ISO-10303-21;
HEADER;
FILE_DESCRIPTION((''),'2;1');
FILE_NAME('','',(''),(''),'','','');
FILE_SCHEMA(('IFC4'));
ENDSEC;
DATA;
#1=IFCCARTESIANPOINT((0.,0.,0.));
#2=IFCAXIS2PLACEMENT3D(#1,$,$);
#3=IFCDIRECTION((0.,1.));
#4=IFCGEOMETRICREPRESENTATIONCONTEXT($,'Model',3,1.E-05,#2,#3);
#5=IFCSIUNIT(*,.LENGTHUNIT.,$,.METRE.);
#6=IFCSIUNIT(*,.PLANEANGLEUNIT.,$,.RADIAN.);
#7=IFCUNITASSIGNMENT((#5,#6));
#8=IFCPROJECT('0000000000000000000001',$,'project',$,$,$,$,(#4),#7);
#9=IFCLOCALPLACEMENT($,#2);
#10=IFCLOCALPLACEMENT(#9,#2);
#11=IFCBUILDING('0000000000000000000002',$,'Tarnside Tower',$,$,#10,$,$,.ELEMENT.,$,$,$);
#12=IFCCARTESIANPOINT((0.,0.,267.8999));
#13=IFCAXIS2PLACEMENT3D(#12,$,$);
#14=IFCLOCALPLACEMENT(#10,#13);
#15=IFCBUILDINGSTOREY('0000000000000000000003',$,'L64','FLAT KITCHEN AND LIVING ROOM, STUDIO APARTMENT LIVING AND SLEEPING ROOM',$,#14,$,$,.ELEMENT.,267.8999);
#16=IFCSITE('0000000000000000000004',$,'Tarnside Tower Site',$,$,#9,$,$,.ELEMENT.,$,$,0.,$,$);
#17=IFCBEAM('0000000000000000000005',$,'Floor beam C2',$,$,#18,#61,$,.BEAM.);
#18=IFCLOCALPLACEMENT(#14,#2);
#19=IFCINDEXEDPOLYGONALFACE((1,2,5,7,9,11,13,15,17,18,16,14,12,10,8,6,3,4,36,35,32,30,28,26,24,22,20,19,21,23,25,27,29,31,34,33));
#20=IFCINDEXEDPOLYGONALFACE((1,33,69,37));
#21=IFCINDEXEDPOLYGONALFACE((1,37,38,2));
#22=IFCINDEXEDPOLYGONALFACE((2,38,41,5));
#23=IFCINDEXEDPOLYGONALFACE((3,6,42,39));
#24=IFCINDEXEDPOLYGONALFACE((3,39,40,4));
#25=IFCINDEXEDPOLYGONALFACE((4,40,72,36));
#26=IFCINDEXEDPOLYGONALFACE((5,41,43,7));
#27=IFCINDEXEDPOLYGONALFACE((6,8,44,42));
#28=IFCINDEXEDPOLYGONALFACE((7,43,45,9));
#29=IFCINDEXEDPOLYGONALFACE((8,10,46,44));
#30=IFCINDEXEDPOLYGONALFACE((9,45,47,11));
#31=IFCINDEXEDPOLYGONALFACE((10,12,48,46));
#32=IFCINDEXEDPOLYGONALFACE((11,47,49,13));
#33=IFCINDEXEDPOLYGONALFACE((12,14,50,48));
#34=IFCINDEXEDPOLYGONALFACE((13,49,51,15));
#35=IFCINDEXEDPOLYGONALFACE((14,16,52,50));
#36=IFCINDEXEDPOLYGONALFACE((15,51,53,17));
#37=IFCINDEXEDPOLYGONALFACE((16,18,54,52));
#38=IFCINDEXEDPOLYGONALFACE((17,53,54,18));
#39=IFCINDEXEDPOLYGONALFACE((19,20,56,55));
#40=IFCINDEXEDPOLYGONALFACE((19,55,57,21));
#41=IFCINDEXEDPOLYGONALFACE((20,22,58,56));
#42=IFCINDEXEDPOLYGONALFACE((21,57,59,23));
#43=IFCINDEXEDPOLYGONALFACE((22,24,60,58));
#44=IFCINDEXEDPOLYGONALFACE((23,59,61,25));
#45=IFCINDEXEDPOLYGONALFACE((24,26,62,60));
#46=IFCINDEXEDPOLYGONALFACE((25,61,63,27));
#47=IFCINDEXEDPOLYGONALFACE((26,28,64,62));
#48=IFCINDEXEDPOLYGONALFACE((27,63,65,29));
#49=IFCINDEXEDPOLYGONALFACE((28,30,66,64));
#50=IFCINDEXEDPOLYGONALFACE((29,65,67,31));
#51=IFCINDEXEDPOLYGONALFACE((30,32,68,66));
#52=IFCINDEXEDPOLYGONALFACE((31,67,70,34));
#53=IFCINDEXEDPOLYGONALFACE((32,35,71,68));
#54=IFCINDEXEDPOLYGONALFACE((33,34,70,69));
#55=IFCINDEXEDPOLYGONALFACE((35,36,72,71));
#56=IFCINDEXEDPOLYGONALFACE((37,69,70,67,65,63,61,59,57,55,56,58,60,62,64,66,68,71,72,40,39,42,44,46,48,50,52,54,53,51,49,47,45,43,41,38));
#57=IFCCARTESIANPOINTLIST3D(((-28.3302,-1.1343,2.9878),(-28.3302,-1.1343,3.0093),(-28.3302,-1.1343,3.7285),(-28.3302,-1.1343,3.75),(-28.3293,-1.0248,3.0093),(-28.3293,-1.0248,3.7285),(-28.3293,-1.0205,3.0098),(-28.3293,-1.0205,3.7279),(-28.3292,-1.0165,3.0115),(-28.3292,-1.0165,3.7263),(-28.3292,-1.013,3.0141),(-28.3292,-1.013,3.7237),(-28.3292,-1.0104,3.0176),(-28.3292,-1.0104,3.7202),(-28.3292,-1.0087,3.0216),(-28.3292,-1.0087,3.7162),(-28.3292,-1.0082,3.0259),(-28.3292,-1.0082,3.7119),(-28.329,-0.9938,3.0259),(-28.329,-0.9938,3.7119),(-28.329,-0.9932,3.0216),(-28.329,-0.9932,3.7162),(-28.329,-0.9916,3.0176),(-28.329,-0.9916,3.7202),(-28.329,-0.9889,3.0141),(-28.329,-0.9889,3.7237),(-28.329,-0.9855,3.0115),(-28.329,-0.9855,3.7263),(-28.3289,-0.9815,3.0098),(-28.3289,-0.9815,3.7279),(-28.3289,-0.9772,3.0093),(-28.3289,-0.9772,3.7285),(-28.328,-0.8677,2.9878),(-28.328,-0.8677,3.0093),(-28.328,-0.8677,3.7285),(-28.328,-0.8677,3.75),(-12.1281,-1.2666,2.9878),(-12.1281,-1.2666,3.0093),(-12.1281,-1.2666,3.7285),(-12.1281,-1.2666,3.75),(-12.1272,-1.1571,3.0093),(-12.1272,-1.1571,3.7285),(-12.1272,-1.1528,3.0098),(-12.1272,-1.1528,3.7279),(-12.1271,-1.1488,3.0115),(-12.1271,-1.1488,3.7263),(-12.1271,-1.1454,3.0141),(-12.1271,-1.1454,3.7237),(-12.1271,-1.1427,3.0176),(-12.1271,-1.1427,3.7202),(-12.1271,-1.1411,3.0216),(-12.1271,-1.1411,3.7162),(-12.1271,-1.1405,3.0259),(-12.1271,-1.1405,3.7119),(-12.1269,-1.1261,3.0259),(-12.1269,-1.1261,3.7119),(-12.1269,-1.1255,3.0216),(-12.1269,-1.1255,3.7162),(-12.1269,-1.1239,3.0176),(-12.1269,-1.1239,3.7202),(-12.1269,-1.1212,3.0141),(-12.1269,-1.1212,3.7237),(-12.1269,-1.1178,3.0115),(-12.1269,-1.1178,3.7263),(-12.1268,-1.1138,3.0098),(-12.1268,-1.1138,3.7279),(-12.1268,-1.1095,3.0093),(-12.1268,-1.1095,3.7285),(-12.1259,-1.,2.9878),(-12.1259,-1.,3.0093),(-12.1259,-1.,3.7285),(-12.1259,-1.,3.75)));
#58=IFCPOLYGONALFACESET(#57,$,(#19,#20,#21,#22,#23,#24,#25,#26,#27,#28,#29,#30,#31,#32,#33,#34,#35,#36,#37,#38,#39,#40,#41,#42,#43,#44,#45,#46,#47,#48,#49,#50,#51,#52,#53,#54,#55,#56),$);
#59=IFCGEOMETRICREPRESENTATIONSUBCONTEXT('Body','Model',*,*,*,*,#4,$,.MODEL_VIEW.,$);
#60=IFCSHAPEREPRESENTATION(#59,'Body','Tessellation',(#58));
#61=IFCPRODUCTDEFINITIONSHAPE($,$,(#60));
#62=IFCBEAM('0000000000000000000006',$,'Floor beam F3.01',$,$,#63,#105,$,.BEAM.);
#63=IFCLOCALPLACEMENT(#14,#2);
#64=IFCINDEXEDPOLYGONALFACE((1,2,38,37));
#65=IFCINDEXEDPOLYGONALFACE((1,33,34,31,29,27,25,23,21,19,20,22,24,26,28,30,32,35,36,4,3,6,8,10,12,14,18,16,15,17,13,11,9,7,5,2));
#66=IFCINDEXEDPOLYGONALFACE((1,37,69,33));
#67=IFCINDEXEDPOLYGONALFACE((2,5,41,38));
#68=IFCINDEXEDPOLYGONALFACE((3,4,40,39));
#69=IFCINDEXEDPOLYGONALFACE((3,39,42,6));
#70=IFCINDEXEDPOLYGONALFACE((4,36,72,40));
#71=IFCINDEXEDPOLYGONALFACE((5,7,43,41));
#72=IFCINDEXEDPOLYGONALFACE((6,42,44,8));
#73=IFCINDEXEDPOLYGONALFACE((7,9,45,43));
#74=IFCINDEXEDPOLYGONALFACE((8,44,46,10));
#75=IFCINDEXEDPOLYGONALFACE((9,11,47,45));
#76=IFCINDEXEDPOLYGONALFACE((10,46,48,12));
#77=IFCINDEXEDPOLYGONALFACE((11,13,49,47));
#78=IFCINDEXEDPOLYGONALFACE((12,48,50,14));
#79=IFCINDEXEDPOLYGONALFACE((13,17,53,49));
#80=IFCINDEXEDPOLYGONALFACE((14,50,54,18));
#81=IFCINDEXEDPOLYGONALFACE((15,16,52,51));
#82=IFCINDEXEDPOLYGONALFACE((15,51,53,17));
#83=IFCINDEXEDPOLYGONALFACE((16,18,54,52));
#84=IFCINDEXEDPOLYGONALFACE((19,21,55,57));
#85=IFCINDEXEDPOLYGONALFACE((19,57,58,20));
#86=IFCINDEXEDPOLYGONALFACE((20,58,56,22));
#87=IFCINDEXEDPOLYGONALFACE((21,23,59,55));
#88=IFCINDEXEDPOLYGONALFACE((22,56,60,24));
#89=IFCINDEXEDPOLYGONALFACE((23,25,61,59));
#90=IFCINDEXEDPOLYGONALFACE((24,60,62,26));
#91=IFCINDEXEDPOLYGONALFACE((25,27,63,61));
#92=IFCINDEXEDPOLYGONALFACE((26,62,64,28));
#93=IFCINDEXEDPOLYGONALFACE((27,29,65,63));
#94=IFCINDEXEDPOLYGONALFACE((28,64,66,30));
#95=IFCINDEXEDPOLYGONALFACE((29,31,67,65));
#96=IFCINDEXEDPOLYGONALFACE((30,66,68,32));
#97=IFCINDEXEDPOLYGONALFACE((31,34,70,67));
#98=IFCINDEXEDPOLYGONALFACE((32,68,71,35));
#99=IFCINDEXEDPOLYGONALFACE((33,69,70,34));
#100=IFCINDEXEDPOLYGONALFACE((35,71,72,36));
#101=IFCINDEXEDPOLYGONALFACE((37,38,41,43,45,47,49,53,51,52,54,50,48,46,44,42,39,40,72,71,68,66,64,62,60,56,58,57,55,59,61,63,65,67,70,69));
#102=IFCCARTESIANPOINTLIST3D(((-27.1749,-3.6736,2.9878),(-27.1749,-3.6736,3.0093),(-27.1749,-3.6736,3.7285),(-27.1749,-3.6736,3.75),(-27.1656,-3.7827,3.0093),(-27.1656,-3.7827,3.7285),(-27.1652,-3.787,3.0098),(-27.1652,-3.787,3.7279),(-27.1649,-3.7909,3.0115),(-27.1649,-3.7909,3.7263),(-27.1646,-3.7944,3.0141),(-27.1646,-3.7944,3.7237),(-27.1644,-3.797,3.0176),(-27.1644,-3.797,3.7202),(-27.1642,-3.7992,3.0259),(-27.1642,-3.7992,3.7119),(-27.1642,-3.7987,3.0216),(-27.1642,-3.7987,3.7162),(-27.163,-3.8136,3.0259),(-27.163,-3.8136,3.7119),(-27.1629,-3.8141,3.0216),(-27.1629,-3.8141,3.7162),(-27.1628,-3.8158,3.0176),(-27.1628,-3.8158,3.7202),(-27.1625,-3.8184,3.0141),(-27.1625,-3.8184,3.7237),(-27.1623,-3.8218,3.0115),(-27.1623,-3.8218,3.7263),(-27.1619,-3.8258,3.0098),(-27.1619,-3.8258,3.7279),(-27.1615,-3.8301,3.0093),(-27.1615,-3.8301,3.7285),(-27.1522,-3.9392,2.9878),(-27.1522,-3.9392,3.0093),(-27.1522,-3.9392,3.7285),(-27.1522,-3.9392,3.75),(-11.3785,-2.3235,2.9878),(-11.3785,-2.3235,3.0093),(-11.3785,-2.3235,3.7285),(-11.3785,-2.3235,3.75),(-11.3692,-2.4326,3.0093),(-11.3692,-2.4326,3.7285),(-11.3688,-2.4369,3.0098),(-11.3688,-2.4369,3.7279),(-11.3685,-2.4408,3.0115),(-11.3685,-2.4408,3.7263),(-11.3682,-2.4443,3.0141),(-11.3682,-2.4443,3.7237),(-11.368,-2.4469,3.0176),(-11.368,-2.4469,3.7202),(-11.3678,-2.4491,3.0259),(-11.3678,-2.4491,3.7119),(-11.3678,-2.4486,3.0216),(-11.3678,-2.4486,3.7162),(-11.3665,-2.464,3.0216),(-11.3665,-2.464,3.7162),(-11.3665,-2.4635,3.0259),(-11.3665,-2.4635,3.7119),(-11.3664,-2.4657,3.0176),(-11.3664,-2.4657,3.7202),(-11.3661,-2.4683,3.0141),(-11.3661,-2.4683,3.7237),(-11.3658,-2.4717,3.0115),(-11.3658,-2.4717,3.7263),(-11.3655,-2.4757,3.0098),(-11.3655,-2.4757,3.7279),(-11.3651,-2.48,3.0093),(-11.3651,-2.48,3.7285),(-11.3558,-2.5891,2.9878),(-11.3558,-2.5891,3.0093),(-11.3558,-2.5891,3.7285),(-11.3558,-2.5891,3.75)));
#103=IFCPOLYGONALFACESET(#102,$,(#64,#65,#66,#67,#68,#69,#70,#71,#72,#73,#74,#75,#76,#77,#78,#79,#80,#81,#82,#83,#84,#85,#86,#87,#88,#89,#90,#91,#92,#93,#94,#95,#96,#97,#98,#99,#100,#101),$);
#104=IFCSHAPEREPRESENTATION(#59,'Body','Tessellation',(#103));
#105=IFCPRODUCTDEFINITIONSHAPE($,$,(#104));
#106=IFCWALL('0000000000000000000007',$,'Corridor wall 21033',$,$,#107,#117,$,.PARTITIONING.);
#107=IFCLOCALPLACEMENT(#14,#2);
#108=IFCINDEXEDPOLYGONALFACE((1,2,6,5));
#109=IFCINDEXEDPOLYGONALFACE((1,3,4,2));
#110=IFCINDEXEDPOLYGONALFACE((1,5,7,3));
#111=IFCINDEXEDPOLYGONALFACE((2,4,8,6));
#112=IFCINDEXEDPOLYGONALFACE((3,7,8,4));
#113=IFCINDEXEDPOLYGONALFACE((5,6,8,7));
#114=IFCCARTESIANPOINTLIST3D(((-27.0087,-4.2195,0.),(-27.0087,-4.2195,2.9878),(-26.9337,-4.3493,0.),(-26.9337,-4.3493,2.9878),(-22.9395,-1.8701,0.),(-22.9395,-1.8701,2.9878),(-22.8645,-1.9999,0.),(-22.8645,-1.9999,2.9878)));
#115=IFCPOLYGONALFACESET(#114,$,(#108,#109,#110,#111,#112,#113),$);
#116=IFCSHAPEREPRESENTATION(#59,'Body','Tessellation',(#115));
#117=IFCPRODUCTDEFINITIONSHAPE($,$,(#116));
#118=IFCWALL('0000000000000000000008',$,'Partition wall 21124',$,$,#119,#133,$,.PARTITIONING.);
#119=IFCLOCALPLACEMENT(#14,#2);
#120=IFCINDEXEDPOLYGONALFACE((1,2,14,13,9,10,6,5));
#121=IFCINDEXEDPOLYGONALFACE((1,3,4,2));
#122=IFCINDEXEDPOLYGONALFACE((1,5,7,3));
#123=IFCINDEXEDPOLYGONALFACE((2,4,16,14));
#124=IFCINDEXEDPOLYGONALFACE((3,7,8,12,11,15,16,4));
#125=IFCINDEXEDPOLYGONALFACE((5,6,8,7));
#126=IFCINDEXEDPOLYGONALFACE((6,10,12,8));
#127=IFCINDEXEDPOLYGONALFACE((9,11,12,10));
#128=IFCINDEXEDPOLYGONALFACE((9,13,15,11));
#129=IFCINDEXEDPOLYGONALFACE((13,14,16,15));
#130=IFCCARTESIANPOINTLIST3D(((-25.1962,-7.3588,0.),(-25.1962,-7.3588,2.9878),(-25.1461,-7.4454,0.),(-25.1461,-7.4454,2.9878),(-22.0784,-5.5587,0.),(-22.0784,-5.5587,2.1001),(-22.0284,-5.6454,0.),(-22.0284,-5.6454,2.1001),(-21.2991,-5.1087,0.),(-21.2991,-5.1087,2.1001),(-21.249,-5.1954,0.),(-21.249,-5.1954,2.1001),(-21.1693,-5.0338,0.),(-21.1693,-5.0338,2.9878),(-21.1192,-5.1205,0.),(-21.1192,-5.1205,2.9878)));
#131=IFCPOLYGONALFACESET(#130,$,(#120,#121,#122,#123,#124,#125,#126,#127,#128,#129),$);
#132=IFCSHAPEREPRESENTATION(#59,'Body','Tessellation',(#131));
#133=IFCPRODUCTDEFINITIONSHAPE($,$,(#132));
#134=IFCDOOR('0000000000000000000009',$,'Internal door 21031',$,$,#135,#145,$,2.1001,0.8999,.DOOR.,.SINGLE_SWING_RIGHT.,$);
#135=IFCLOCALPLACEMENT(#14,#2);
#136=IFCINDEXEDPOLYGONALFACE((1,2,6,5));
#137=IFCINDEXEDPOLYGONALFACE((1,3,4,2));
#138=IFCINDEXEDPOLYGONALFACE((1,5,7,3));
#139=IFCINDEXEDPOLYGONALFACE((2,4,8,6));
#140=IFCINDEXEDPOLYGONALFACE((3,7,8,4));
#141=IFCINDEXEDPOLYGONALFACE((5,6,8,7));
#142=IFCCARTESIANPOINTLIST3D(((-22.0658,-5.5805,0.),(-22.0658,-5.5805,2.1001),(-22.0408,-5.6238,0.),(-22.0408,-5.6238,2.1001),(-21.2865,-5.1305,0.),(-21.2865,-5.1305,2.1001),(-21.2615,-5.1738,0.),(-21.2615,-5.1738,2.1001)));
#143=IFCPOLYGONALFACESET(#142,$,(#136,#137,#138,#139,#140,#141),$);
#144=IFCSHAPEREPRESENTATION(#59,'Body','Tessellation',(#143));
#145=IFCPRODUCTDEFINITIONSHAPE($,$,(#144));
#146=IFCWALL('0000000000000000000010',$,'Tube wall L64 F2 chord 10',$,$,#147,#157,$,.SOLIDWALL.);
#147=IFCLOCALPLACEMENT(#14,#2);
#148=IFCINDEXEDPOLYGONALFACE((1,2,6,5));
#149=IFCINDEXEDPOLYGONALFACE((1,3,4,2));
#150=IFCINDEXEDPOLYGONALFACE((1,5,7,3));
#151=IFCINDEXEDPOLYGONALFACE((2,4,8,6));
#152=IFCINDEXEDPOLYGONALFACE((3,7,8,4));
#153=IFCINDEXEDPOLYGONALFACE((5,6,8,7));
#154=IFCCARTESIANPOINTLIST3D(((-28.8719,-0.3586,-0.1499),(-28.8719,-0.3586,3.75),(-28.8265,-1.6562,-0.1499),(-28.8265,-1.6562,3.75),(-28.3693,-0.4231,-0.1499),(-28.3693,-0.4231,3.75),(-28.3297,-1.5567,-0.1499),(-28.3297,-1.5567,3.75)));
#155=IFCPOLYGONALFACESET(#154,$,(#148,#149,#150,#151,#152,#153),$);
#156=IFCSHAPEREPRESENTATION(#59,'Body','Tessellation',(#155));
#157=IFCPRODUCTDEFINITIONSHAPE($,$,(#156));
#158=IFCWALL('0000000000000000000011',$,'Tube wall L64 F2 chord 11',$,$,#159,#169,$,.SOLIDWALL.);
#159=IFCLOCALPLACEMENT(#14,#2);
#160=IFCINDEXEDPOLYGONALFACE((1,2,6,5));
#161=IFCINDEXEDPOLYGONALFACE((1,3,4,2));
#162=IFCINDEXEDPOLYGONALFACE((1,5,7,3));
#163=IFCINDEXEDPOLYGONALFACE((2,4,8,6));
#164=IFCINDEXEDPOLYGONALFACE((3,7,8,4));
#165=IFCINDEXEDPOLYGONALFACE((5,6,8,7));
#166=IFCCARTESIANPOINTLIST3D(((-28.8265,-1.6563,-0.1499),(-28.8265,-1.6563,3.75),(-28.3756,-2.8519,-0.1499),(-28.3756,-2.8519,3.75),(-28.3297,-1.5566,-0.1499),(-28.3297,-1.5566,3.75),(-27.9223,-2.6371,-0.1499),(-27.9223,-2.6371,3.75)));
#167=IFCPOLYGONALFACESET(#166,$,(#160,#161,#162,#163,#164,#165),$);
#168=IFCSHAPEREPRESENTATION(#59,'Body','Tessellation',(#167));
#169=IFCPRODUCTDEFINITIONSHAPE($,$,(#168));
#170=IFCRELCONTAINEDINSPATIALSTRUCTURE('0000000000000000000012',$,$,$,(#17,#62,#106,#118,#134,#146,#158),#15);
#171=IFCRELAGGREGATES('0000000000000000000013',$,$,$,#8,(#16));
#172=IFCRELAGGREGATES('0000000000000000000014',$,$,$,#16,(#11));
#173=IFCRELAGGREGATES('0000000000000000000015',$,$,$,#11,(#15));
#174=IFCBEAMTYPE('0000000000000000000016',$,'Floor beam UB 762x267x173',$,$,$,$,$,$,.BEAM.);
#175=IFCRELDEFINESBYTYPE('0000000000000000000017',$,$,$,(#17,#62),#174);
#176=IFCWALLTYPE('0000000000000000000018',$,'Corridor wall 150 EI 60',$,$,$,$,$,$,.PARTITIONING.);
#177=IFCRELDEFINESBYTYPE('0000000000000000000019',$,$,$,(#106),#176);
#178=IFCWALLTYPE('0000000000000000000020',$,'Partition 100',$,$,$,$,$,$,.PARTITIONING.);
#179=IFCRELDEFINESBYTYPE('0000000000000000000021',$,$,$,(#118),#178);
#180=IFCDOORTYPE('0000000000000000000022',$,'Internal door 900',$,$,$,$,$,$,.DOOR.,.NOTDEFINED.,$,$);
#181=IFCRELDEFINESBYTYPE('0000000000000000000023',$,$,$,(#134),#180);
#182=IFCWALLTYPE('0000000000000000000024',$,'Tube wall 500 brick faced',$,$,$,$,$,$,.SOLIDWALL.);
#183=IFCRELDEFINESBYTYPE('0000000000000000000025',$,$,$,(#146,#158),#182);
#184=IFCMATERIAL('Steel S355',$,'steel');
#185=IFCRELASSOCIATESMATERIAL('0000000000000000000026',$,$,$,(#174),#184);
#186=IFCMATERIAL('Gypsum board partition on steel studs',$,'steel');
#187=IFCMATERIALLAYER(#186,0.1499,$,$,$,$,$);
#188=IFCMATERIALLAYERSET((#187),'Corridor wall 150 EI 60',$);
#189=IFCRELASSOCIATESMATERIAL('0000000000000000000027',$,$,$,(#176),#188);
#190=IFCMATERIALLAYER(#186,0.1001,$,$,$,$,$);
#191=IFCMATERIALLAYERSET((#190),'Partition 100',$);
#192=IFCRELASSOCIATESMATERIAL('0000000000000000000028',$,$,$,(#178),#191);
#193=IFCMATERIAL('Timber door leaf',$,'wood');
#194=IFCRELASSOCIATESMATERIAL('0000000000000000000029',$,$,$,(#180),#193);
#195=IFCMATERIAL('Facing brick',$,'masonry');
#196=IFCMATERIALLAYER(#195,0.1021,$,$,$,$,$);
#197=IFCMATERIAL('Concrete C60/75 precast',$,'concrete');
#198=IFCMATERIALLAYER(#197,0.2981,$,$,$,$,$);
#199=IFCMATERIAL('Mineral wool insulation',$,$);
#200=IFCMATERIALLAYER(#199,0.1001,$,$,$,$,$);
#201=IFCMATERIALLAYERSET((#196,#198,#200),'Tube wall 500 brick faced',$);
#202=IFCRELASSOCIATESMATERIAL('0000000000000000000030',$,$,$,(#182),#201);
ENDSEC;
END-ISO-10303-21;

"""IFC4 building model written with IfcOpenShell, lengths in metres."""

from ifc_helpers import new_model, si_unit, direction, frame, frame_2d, origin, origin_2d, place, context, subcontext, project, spatial, polyline, rectangle, i_section, outline, extrude, material, layer, layer_set, material_profile, profile_set, type_object, element, fill, save


model = new_model("IFC4")

# Units and contexts
model_context = context("Model", 3, precision=1e-05, world=origin(), true_north=direction((0.0, 1.0)))
body_context = subcontext(model_context, "Body", "Model", "MODEL_VIEW")
ifc_project = project(units=[si_unit("LENGTHUNIT", "METRE"), si_unit("PLANEANGLEUNIT", "RADIAN")], contexts=[model_context])

# Site, building, storey
site_placement = place(None, origin())
site = spatial("IfcSite", under=ifc_project, at=site_placement, Name="Tarnside Tower Site", CompositionType="ELEMENT", RefElevation=0.0)
building_placement = place(site_placement, origin())
building = spatial("IfcBuilding", under=site, at=building_placement, Name="Tarnside Tower", CompositionType="ELEMENT")
storey_placement = place(building_placement, frame((0.0, 0.0, 267.8999)))
storey = spatial("IfcBuildingStorey", under=building, at=storey_placement, Name="L64", Description="FLAT KITCHEN AND LIVING ROOM, STUDIO APARTMENT LIVING AND SLEEPING ROOM", CompositionType="ELEMENT", Elevation=267.8999)

# Beams
ifc_material_1 = material(Name="Steel S355", Category="steel")
ifc_material_profile = material_profile(ifc_material_1, i_section(OverallWidth=0.2666, OverallDepth=0.7622, WebThickness=0.0144, FlangeThickness=0.0215, FilletRadius=0.0166, at=origin_2d()), Name="UB 762x267x173")
ifc_profile_set = profile_set([ifc_material_profile], Name="Steel S355")
beam_type = type_object("IfcBeamType", Name="Floor beam UB 762x267x173", PredefinedType="BEAM", material=ifc_profile_set)
beam_1_placement = place(storey_placement, frame((-28.3291, -1.001, 3.3689), z_axis=(0.999967, -0.008167, 0.0), x_axis=(0.008167, 0.999967, 0.0)))
element("IfcBeam", 1, at=beam_1_placement, inside=storey, type_object=beam_type, Name="Floor beam C2", PredefinedType="BEAM", context=body_context, shape_type="SweptSolid", body=[
    extrude(i_section(OverallWidth=0.2666, OverallDepth=0.7622, WebThickness=0.0144, FlangeThickness=0.0215, FilletRadius=0.0166, at=origin_2d()), origin(), (0.0, 0.0, 1.0), 16.2026),
])
beam_2_placement = place(storey_placement, frame((-27.1636, -3.8064, 3.3689), z_axis=(0.996367, 0.085158, 0.0), x_axis=(-0.085158, 0.996367, 0.0)))
element("IfcBeam", 2, at=beam_2_placement, inside=storey, type_object=beam_type, Name="Floor beam F3.01", PredefinedType="BEAM", context=body_context, shape_type="SweptSolid", body=[
    extrude(i_section(OverallWidth=0.2666, OverallDepth=0.7622, WebThickness=0.0144, FlangeThickness=0.0215, FilletRadius=0.0166, at=origin_2d()), origin(), (0.0, 0.0, 1.0), 15.854),
])

# Wall
ifc_material_2 = material(Name="Gypsum board partition on steel studs", Category="steel")
ifc_layer_1 = layer(ifc_material_2, 0.1499)
ifc_layer_set_1 = layer_set([ifc_layer_1], Name="Corridor wall 150 EI 60")
wall_type_1 = type_object("IfcWallType", Name="Corridor wall 150 EI 60", PredefinedType="PARTITIONING", material=ifc_layer_set_1)
wall_1_placement = place(storey_placement, frame((-26.9712, -4.2844, 0.0), z_axis=(0.0, 0.0, 1.0), x_axis=(0.866019, 0.500012, 0.0)))
element("IfcWall", 3, at=wall_1_placement, inside=storey, type_object=wall_type_1, Name="Corridor wall 21033", PredefinedType="PARTITIONING", context=body_context, shape_type="SweptSolid", body=[
    extrude(rectangle(XDim=4.6987, YDim=0.1499, at=frame_2d((2.3494, 0.0))), origin(), (0.0, 0.0, 1.0), 2.9878),
])

# Wall, opening, door
ifc_layer_2 = layer(ifc_material_2, 0.1001)
ifc_layer_set_2 = layer_set([ifc_layer_2], Name="Partition 100")
wall_type_2 = type_object("IfcWallType", Name="Partition 100", PredefinedType="PARTITIONING", material=ifc_layer_set_2)
wall_2_placement = place(storey_placement, frame((-25.1711, -7.4021, 0.0), z_axis=(0.0, 0.0, 1.0), x_axis=(0.866021, 0.500007, 0.0)))
wall_2 = element("IfcWall", 4, at=wall_2_placement, inside=storey, type_object=wall_type_2, Name="Partition wall 21124", PredefinedType="PARTITIONING", context=body_context, shape_type="SweptSolid", body=[
    extrude(rectangle(XDim=4.6499, YDim=0.1001, at=frame_2d((2.325, 0.0))), origin(), (0.0, 0.0, 1.0), 2.9878),
])
opening_1_placement = place(wall_2_placement, frame((3.6001, 0.0, 0.0)))
opening_1 = element("IfcOpeningElement", 5, at=opening_1_placement, cuts=wall_2, PredefinedType="OPENING", context=body_context, shape_type="SweptSolid", body=[
    extrude(rectangle(XDim=0.8999, YDim=2.1001, at=frame_2d((0.45, 1.05))), frame((0.0, 0.0601, 0.0), z_axis=(0.0, -1.0, 0.0), x_axis=(1.0, 0.0, 0.0)), (0.0, 0.0, 1.0), 0.1201),
])
ifc_material_3 = material(Name="Timber door leaf", Category="wood")
door_type = type_object("IfcDoorType", Name="Internal door 900", OperationType="NOTDEFINED", PredefinedType="DOOR", material=ifc_material_3)
door_placement = place(opening_1_placement, origin())
door = element("IfcDoor", 6, at=door_placement, inside=storey, type_object=door_type, Name="Internal door 21031", OperationType="SINGLE_SWING_RIGHT", OverallHeight=2.1001, OverallWidth=0.8999, PredefinedType="DOOR", context=body_context, shape_type="SweptSolid", body=[
    extrude(rectangle(XDim=0.8999, YDim=2.1001, at=frame_2d((0.45, 1.05))), frame((0.0, 0.0249, 0.0), z_axis=(0.0, -1.0, 0.0), x_axis=(1.0, 0.0, 0.0)), (0.0, 0.0, 1.0), 0.05),
])
fill(opening_1, door)

# Walls
ifc_material_4 = material(Name="Facing brick", Category="masonry")
ifc_layer_3 = layer(ifc_material_4, 0.1021)
ifc_material_5 = material(Name="Concrete C60/75 precast", Category="concrete")
ifc_layer_4 = layer(ifc_material_5, 0.2981)
ifc_material_6 = material(Name="Mineral wool insulation")
ifc_layer_5 = layer(ifc_material_6, 0.1001)
ifc_layer_set_3 = layer_set([ifc_layer_3, ifc_layer_4, ifc_layer_5], Name="Tube wall 500 brick faced")
wall_type_3 = type_object("IfcWallType", Name="Tube wall 500 brick faced", PredefinedType="SOLIDWALL", material=ifc_layer_set_3)
wall_3_placement = place(storey_placement, frame((-28.6206, -0.3909, -0.1499), z_axis=(0.0, 0.0, 1.0), x_axis=(0.034925, -0.99939, 0.0)))
element("IfcWall", 7, at=wall_3_placement, inside=storey, type_object=wall_type_3, Name="Tube wall L64 F2 chord 10", PredefinedType="SOLIDWALL", context=body_context, shape_type="SweptSolid", body=[
    extrude(outline(polyline([(-0.041, -0.25), (1.2573, -0.25), (1.1753, 0.25), (0.041, 0.25), (-0.041, -0.25)])), origin(), (0.0, 0.0, 1.0), 3.8999),
])
wall_4_placement = place(storey_placement, frame((-28.5781, -1.6064, -0.1499), z_axis=(0.0, 0.0, 1.0), x_axis=(0.352838, -0.935684, 0.0)))
element("IfcWall", 8, at=wall_4_placement, inside=storey, type_object=wall_type_3, Name="Tube wall L64 F2 chord 11", PredefinedType="SOLIDWALL", context=body_context, shape_type="SweptSolid", body=[
    extrude(outline(polyline([(-0.041, -0.25), (1.2368, -0.25), (1.1958, 0.25), (0.041, 0.25), (-0.041, -0.25)])), origin(), (0.0, 0.0, 1.0), 3.8999),
])

save(model, "model.ifc")
